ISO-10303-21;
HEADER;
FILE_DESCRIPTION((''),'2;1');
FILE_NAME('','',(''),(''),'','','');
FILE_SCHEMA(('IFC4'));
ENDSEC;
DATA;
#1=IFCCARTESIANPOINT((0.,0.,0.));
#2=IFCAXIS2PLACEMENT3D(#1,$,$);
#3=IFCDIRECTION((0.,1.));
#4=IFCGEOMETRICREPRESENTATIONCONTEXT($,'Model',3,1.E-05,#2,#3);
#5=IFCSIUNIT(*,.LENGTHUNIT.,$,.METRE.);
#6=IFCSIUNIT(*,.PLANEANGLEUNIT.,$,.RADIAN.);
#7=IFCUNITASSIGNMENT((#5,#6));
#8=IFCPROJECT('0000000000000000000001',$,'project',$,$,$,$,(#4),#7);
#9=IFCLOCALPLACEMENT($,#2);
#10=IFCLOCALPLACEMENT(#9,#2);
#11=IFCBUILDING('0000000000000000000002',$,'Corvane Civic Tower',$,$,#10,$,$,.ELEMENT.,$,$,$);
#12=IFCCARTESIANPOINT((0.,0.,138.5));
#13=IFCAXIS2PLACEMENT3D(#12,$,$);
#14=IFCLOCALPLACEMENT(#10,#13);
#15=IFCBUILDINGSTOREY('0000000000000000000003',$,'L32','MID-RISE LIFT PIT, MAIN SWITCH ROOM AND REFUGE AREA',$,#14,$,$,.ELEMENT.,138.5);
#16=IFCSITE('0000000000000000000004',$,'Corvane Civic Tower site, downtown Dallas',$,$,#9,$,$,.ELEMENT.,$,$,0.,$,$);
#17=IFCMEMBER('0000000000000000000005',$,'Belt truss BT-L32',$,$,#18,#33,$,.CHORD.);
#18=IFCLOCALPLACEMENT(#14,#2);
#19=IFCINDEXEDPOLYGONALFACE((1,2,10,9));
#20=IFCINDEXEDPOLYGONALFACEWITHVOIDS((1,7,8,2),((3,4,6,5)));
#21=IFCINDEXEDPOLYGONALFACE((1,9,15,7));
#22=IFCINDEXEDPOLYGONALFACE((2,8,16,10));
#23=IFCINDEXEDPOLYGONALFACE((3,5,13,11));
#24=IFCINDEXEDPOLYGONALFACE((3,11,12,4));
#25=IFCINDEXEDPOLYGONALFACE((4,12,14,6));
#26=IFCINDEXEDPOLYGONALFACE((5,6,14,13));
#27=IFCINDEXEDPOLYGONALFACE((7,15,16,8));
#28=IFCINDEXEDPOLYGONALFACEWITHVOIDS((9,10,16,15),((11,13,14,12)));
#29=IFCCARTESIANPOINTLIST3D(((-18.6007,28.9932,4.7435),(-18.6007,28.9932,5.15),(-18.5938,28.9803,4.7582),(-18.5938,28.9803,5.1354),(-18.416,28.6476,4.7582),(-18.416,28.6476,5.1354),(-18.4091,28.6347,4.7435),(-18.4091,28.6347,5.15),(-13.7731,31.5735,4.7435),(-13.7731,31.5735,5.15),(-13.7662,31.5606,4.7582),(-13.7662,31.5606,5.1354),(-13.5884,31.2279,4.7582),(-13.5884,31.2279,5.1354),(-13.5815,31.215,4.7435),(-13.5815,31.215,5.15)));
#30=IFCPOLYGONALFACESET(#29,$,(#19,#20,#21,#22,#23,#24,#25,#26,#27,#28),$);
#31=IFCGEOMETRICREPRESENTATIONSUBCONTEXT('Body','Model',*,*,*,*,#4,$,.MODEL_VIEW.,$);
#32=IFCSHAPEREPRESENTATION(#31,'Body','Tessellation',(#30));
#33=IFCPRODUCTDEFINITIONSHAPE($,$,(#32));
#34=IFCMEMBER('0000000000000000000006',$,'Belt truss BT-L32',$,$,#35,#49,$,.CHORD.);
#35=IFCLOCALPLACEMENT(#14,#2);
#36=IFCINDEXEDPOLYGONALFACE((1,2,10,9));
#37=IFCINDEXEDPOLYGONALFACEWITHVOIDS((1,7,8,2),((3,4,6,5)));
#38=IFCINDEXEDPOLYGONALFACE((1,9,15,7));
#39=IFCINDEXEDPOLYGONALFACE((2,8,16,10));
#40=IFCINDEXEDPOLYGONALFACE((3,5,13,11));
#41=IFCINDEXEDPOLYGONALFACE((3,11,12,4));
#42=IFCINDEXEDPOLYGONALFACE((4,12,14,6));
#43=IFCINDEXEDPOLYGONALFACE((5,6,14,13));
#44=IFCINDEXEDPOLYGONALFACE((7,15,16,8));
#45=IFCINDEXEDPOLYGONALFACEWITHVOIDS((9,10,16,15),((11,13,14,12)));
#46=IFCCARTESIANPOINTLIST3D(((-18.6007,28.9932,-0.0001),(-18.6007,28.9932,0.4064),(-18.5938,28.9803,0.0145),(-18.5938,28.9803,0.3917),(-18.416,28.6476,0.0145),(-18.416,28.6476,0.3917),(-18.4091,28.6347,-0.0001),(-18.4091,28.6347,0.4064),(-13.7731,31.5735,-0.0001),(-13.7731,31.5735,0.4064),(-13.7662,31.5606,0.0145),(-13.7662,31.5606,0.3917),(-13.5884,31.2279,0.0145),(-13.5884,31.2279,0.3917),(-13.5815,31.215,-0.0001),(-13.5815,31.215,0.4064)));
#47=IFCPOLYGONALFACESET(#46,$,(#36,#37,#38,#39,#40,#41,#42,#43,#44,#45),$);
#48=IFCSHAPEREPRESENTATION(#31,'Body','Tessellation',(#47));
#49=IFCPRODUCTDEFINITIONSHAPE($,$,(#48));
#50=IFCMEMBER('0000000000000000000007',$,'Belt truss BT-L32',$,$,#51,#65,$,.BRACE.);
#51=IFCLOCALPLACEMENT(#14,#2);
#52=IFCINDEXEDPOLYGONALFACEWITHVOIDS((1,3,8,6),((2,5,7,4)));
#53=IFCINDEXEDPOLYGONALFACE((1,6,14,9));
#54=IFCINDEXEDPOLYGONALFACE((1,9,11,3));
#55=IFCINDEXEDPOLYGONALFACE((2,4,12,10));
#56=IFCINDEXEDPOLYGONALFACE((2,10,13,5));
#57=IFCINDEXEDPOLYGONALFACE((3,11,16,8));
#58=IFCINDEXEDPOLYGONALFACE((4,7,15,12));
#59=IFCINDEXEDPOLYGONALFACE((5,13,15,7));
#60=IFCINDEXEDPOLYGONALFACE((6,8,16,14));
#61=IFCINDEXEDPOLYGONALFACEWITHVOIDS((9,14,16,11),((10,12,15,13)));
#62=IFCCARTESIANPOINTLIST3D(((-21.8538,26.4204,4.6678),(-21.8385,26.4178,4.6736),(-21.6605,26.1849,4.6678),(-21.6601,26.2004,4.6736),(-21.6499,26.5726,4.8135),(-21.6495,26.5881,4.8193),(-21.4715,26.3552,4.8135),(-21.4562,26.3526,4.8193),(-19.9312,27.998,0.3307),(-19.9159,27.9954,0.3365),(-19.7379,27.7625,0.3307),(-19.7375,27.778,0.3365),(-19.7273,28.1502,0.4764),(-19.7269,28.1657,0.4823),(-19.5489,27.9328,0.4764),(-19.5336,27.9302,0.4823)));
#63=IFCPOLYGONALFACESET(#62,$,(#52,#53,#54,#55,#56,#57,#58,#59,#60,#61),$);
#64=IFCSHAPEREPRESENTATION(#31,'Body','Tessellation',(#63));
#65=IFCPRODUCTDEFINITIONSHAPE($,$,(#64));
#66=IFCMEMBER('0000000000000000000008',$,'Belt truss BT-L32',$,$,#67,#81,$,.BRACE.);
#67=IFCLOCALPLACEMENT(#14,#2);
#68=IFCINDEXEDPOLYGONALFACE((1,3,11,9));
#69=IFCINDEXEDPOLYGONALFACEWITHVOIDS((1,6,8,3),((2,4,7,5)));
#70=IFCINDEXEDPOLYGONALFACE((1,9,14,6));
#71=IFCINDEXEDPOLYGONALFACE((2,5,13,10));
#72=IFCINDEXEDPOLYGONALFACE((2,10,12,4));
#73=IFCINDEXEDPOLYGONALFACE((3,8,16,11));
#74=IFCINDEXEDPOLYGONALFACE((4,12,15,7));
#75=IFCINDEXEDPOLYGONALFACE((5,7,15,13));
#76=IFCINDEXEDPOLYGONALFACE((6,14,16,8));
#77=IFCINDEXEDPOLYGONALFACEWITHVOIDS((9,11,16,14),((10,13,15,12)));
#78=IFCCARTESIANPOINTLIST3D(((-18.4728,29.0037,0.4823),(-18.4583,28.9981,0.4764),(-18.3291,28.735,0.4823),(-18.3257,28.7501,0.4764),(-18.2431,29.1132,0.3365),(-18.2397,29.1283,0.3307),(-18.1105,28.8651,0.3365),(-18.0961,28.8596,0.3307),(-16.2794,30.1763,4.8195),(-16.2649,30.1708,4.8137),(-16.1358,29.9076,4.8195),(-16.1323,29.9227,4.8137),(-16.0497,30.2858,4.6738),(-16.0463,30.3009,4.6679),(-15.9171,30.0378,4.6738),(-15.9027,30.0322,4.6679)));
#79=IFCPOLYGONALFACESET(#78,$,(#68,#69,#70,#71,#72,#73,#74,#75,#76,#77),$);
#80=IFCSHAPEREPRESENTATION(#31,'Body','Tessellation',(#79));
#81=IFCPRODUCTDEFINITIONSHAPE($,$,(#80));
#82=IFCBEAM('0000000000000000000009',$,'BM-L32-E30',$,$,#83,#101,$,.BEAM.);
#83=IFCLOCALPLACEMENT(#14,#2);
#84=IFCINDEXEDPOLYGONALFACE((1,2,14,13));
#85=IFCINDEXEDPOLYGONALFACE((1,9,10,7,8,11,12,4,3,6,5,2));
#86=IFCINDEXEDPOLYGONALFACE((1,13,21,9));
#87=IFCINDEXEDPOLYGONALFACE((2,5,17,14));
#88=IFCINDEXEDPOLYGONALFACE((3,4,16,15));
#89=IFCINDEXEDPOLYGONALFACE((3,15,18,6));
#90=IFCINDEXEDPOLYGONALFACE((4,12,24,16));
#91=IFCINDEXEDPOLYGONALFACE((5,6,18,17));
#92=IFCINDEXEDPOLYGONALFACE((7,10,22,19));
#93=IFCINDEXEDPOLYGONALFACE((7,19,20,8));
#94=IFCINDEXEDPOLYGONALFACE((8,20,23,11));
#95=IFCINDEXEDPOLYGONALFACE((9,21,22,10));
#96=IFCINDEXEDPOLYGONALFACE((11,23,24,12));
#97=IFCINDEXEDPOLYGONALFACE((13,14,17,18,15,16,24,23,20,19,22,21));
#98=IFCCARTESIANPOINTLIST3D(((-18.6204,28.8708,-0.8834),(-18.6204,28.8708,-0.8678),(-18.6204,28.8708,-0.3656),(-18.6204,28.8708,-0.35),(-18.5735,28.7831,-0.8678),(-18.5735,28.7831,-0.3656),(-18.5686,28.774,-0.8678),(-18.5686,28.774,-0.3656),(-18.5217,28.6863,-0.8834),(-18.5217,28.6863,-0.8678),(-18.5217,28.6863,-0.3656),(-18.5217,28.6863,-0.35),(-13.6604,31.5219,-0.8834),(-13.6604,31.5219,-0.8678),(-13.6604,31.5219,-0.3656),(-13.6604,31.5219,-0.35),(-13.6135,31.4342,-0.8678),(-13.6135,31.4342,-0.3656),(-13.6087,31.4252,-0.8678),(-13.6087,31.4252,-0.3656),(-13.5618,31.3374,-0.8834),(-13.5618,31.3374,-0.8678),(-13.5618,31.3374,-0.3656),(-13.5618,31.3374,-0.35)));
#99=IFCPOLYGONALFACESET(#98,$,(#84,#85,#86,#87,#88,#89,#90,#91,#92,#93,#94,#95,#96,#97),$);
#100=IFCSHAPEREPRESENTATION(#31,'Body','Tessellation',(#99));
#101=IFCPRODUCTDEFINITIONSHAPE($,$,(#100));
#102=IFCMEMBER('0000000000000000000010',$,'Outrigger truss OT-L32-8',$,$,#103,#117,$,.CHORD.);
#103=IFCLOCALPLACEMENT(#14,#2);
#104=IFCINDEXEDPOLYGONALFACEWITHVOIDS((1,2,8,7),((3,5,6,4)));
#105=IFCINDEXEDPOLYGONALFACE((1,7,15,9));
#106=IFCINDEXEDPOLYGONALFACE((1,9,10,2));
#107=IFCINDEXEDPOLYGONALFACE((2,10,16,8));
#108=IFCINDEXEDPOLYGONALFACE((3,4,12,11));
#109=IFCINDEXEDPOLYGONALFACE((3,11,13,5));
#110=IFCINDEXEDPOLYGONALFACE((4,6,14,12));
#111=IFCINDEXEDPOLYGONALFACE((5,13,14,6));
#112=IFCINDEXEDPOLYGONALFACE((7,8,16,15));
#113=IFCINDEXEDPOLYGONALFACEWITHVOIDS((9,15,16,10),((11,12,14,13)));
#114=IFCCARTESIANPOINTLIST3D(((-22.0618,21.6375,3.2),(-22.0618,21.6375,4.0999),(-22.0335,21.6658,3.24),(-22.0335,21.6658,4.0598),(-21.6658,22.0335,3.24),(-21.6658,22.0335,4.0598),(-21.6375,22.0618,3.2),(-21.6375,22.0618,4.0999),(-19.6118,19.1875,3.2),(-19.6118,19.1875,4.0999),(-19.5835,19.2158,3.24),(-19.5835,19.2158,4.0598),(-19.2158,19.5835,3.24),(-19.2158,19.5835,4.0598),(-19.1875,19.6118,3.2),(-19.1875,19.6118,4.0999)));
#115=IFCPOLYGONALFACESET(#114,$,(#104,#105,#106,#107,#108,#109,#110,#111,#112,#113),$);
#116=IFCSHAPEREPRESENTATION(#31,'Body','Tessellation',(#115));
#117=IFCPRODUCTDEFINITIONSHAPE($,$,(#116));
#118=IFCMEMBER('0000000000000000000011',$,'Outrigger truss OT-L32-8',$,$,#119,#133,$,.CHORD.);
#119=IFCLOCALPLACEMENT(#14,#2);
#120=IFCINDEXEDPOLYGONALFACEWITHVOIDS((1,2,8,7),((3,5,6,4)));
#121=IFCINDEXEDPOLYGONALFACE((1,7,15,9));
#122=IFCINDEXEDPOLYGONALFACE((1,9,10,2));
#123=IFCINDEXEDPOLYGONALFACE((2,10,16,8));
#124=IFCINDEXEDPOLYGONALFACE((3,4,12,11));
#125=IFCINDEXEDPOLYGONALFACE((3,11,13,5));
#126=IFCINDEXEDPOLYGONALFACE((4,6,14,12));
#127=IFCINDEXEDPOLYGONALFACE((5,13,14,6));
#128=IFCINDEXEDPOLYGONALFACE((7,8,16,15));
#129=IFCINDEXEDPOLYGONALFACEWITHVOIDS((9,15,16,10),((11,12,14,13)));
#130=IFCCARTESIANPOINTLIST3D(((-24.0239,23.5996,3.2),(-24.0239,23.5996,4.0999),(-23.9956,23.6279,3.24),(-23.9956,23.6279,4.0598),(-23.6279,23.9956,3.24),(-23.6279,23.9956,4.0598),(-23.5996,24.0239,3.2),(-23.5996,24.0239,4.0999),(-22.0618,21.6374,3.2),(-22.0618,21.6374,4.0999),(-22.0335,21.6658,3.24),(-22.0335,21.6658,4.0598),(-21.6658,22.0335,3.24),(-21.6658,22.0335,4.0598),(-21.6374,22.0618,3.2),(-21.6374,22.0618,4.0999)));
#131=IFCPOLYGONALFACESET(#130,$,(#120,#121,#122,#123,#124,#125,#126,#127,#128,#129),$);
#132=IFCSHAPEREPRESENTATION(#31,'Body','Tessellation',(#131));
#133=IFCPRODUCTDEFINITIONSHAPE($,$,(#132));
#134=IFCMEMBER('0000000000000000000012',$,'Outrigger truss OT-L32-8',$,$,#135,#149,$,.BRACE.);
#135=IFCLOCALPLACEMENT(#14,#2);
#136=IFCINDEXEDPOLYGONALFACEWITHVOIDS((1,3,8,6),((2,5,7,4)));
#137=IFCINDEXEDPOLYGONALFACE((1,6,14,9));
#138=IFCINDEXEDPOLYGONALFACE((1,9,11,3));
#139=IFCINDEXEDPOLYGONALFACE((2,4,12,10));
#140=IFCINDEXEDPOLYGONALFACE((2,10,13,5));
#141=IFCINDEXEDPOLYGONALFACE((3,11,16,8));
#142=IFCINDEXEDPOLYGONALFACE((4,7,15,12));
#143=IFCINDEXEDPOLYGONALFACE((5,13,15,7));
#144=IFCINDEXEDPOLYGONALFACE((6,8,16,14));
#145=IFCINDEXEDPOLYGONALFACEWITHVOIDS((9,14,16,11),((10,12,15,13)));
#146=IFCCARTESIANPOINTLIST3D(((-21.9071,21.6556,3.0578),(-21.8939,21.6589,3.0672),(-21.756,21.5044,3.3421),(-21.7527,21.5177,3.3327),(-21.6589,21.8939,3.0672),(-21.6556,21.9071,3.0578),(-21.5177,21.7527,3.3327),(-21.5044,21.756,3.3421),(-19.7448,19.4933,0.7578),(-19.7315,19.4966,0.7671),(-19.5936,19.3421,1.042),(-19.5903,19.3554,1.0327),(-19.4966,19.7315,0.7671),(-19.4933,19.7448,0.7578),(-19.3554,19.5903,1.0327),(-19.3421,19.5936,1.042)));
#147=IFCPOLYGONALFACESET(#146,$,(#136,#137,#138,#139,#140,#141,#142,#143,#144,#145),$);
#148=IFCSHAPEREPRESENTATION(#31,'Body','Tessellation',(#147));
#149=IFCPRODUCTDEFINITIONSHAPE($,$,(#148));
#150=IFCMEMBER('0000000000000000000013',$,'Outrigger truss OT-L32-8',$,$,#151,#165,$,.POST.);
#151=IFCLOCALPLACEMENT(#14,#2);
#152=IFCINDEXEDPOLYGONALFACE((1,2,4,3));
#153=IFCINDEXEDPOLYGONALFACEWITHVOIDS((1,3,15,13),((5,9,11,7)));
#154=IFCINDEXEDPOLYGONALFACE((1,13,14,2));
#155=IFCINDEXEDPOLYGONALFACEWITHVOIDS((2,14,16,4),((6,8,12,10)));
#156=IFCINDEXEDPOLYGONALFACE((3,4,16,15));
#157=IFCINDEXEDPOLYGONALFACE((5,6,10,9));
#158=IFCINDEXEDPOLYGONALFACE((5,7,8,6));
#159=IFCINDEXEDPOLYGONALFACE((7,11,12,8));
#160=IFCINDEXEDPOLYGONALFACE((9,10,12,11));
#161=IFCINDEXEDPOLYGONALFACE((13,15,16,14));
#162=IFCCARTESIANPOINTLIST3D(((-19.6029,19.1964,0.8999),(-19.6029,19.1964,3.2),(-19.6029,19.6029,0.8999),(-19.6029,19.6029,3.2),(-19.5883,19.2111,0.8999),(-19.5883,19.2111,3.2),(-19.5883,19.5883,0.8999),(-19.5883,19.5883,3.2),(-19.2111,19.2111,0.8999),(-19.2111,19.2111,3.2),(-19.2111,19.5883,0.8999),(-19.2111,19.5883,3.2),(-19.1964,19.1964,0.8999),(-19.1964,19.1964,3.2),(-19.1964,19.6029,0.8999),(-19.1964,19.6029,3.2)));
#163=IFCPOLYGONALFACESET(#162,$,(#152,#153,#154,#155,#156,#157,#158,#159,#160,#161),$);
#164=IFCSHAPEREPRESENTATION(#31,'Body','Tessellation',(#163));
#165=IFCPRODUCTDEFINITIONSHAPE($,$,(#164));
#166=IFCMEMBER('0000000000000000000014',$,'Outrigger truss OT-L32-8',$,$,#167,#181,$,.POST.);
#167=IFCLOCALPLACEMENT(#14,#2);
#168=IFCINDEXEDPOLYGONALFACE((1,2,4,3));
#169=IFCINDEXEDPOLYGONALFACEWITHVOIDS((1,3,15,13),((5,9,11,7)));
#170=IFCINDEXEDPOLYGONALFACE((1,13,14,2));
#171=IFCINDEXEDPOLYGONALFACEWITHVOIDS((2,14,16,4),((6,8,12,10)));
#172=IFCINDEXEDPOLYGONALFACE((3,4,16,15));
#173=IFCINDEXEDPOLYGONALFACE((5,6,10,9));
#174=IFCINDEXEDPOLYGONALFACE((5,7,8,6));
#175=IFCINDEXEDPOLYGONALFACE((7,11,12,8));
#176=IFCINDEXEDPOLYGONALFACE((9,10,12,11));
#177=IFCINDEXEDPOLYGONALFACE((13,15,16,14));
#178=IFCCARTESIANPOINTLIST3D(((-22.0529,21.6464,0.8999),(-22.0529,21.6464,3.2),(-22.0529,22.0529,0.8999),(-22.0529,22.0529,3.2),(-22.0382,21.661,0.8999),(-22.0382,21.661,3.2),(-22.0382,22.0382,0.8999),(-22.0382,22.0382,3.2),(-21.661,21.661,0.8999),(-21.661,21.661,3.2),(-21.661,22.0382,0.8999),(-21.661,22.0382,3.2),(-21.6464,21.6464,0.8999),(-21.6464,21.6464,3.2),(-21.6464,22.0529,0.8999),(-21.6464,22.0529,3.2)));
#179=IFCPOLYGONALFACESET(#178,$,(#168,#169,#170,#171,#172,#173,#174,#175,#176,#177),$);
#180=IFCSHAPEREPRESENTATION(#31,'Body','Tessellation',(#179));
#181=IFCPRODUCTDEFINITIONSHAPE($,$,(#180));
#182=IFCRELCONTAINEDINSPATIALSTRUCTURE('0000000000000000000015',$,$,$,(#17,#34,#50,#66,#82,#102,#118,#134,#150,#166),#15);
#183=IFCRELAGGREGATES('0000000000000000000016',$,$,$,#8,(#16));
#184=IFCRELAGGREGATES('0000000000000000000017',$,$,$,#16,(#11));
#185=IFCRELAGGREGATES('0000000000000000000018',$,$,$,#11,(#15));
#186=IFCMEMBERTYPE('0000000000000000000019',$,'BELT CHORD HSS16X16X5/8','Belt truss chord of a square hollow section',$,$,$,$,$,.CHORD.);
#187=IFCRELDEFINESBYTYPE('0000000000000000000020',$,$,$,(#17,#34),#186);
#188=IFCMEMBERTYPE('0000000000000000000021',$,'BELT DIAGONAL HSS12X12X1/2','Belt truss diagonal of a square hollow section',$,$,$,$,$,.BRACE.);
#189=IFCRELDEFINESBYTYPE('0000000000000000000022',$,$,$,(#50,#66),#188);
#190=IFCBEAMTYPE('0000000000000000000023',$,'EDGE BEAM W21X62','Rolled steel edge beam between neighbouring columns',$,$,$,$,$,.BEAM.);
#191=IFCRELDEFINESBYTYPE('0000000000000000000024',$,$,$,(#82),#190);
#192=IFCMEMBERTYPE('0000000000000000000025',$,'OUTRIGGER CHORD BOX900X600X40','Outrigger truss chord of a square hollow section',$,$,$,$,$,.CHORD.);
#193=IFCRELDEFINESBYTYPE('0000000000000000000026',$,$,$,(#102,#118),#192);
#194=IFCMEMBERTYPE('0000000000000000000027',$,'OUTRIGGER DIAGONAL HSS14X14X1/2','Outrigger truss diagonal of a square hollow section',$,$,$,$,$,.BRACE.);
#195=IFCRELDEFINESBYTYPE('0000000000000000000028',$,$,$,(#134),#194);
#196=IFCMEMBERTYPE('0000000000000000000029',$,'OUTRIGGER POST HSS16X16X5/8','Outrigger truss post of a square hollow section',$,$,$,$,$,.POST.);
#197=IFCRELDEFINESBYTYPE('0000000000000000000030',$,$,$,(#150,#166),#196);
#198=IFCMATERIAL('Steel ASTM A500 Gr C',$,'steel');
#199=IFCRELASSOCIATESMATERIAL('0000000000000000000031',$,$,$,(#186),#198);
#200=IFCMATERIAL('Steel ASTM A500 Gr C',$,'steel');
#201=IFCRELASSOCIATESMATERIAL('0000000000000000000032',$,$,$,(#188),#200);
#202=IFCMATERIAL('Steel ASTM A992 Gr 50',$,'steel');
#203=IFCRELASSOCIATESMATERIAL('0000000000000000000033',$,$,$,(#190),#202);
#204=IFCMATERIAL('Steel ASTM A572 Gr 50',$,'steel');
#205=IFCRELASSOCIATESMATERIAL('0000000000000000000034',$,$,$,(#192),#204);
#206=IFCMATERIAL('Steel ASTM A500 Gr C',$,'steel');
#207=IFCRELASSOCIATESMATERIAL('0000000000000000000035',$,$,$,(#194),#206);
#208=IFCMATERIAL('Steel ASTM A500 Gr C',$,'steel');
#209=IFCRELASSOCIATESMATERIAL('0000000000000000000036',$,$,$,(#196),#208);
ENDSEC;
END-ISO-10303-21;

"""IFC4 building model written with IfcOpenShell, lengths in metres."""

from ifc_helpers import new_model, si_unit, direction, frame, origin, origin_2d, place, context, subcontext, project, spatial, hollow_rectangle, i_section, extrude, material, material_profile, profile_set, type_object, element, save


model = new_model("IFC4")

# Units and contexts
model_context = context("Model", 3, precision=1e-05, world=origin(), true_north=direction((0.0, 1.0)))
body_context = subcontext(model_context, "Body", "Model", "MODEL_VIEW")
ifc_project = project(units=[si_unit("LENGTHUNIT", "METRE"), si_unit("PLANEANGLEUNIT", "RADIAN")], contexts=[model_context])

# Site, building, storey
site_placement = place(None, origin())
site = spatial("IfcSite", under=ifc_project, at=site_placement, Name="Corvane Civic Tower site, downtown Dallas", CompositionType="ELEMENT", RefElevation=0.0)
building_placement = place(site_placement, origin())
building = spatial("IfcBuilding", under=site, at=building_placement, Name="Corvane Civic Tower", CompositionType="ELEMENT")
storey_placement = place(building_placement, frame((0.0, 0.0, 138.5)))
storey = spatial("IfcBuildingStorey", under=building, at=storey_placement, Name="L32", Description="MID-RISE LIFT PIT, MAIN SWITCH ROOM AND REFUGE AREA", CompositionType="ELEMENT", Elevation=138.5)

# Members
ifc_material_1 = material(Name="Steel ASTM A500 Gr C", Category="steel")
ifc_material_profile_1 = material_profile(ifc_material_1, hollow_rectangle(XDim=0.4065, YDim=0.4065, WallThickness=0.0146, at=origin_2d()), Name="HSS16X16X5/8")
ifc_profile_set_1 = profile_set([ifc_material_profile_1], Name="Steel ASTM A500 Gr C")
member_type_1 = type_object("IfcMemberType", Name="BELT CHORD HSS16X16X5/8", Description="Belt truss chord of a square hollow section", PredefinedType="CHORD", material=ifc_profile_set_1)
for number, where, z_axis, x_axis, name in (
    (1, (-18.5049, 28.814, 4.9468), (0.881929, 0.471382, 0.0), (-0.471382, 0.881929, 0.0), "Belt truss BT-L32"),
    (2, (-18.5049, 28.814, 0.2031), (0.881929, 0.471382, 0.0), (-0.471382, 0.881929, 0.0), "Belt truss BT-L32"),
):
    element("IfcMember", number, at=place(storey_placement, frame(where, z_axis=z_axis, x_axis=x_axis)), inside=storey, type_object=member_type_1, Name=name, PredefinedType="CHORD", context=body_context, shape_type="SweptSolid", body=[
        extrude(hollow_rectangle(XDim=0.4065, YDim=0.4065, WallThickness=0.0146, at=origin_2d()), origin(), (0.0, 0.0, 1.0), 5.4739),
    ])
ifc_material_2 = material(Name="Steel ASTM A500 Gr C", Category="steel")
ifc_material_profile_2 = material_profile(ifc_material_2, hollow_rectangle(XDim=0.3047, YDim=0.3047, WallThickness=0.0117, at=origin_2d()), Name="HSS12X12X1/2")
ifc_profile_set_2 = profile_set([ifc_material_profile_2], Name="Steel ASTM A500 Gr C")
member_type_2 = type_object("IfcMemberType", Name="BELT DIAGONAL HSS12X12X1/2", Description="Belt truss diagonal of a square hollow section", PredefinedType="BRACE", material=ifc_profile_set_2)
member_1_placement = place(storey_placement, frame((-19.7324, 27.9641, 0.4065), z_axis=(-0.38455, -0.315551, 0.867496), x_axis=(0.634344, -0.773051, 0.0)))
element("IfcMember", 3, at=member_1_placement, inside=storey, type_object=member_type_2, Name="Belt truss BT-L32", PredefinedType="BRACE", context=body_context, shape_type="SweptSolid", body=[
    extrude(hollow_rectangle(XDim=0.3047, YDim=0.3047, WallThickness=0.0117, at=origin_2d()), origin(), (0.0, 0.0, 1.0), 4.9995),
])
member_2_placement = place(storey_placement, frame((-18.2844, 28.9316, 0.4065), z_axis=(0.4387, 0.234537, 0.867488), x_axis=(-0.471469, 0.881882, 0.0)))
element("IfcMember", 4, at=member_2_placement, inside=storey, type_object=member_type_2, Name="Belt truss BT-L32", PredefinedType="BRACE", context=body_context, shape_type="SweptSolid", body=[
    extrude(hollow_rectangle(XDim=0.3047, YDim=0.3047, WallThickness=0.0117, at=origin_2d()), origin(), (0.0, 0.0, 1.0), 4.9998),
])

# Beam
ifc_material_3 = material(Name="Steel ASTM A992 Gr 50", Category="steel")
ifc_material_profile_3 = material_profile(ifc_material_3, i_section(OverallWidth=0.2092, OverallDepth=0.5334, WebThickness=0.0103, FlangeThickness=0.0156, at=origin_2d()), Name="W21X62")
ifc_profile_set_3 = profile_set([ifc_material_profile_3], Name="Steel ASTM A992 Gr 50")
beam_type = type_object("IfcBeamType", Name="EDGE BEAM W21X62", Description="Rolled steel edge beam between neighbouring columns", PredefinedType="BEAM", material=ifc_profile_set_3)
beam_placement = place(storey_placement, frame((-18.571, 28.7786, -0.6167), z_axis=(0.881924, 0.471392, 0.0), x_axis=(-0.471392, 0.881924, 0.0)))
element("IfcBeam", 5, at=beam_placement, inside=storey, type_object=beam_type, Name="BM-L32-E30", PredefinedType="BEAM", context=body_context, shape_type="SweptSolid", body=[
    extrude(i_section(OverallWidth=0.2092, OverallDepth=0.5334, WebThickness=0.0103, FlangeThickness=0.0156, at=origin_2d()), origin(), (0.0, 0.0, 1.0), 5.624),
])

# Members
ifc_material_4 = material(Name="Steel ASTM A572 Gr 50", Category="steel")
ifc_material_profile_4 = material_profile(ifc_material_4, hollow_rectangle(XDim=0.6001, YDim=0.8999, WallThickness=0.04, at=origin_2d()), Name="BOX900X600X40")
ifc_profile_set_4 = profile_set([ifc_material_profile_4], Name="Steel ASTM A572 Gr 50")
member_type_3 = type_object("IfcMemberType", Name="OUTRIGGER CHORD BOX900X600X40", Description="Outrigger truss chord of a square hollow section", PredefinedType="CHORD", material=ifc_profile_set_4)
member_3_placement = place(storey_placement, frame((-19.3997, 19.3997, 3.6499), z_axis=(-0.707107, 0.707107, 0.0), x_axis=(-0.707107, -0.707107, 0.0)))
element("IfcMember", 6, at=member_3_placement, inside=storey, type_object=member_type_3, Name="Outrigger truss OT-L32-8", PredefinedType="CHORD", context=body_context, shape_type="SweptSolid", body=[
    extrude(hollow_rectangle(XDim=0.6001, YDim=0.8999, WallThickness=0.04, at=origin_2d()), origin(), (0.0, 0.0, 1.0), 3.4648),
])
member_4_placement = place(storey_placement, frame((-21.8496, 21.8496, 3.6499), z_axis=(-0.707107, 0.707107, 0.0), x_axis=(-0.707107, -0.707107, 0.0)))
element("IfcMember", 7, at=member_4_placement, inside=storey, type_object=member_type_3, Name="Outrigger truss OT-L32-8", PredefinedType="CHORD", context=body_context, shape_type="SweptSolid", body=[
    extrude(hollow_rectangle(XDim=0.6001, YDim=0.8999, WallThickness=0.04, at=origin_2d()), origin(), (0.0, 0.0, 1.0), 2.7749),
])
ifc_material_5 = material(Name="Steel ASTM A500 Gr C", Category="steel")
ifc_material_profile_5 = material_profile(ifc_material_5, hollow_rectangle(XDim=0.3557, YDim=0.3557, WallThickness=0.0117, at=origin_2d()), Name="HSS14X14X1/2")
ifc_profile_set_5 = profile_set([ifc_material_profile_5], Name="Steel ASTM A500 Gr C")
member_type_4 = type_object("IfcMemberType", Name="OUTRIGGER DIAGONAL HSS14X14X1/2", Description="Outrigger truss diagonal of a square hollow section", PredefinedType="BRACE", material=ifc_profile_set_5)
member_5_placement = place(storey_placement, frame((-19.5435, 19.5435, 0.8999), z_axis=(-0.565106, 0.565106, 0.601091), x_axis=(-0.707107, -0.707107, 0.0)))
element("IfcMember", 8, at=member_5_placement, inside=storey, type_object=member_type_4, Name="Outrigger truss OT-L32-8", PredefinedType="BRACE", context=body_context, shape_type="SweptSolid", body=[
    extrude(hollow_rectangle(XDim=0.3557, YDim=0.3557, WallThickness=0.0117, at=origin_2d()), origin(), (0.0, 0.0, 1.0), 3.8264),
])
ifc_material_6 = material(Name="Steel ASTM A500 Gr C", Category="steel")
ifc_material_profile_6 = material_profile(ifc_material_6, hollow_rectangle(XDim=0.4065, YDim=0.4065, WallThickness=0.0146, at=origin_2d()), Name="HSS16X16X5/8")
ifc_profile_set_6 = profile_set([ifc_material_profile_6], Name="Steel ASTM A500 Gr C")
member_type_5 = type_object("IfcMemberType", Name="OUTRIGGER POST HSS16X16X5/8", Description="Outrigger truss post of a square hollow section", PredefinedType="POST", material=ifc_profile_set_6)
for number, where, z_axis, x_axis, name in (
    (9, (-19.3997, 19.3997, 0.8999), (0.0, 0.0, 1.0), (1.0, 0.0, 0.0), "Outrigger truss OT-L32-8"),
    (10, (-21.8496, 21.8496, 0.8999), (0.0, 0.0, 1.0), (1.0, 0.0, 0.0), "Outrigger truss OT-L32-8"),
):
    element("IfcMember", number, at=place(storey_placement, frame(where, z_axis=z_axis, x_axis=x_axis)), inside=storey, type_object=member_type_5, Name=name, PredefinedType="POST", context=body_context, shape_type="SweptSolid", body=[
        extrude(hollow_rectangle(XDim=0.4065, YDim=0.4065, WallThickness=0.0146, at=origin_2d()), origin(), (0.0, 0.0, 1.0), 2.3),
    ])

save(model, "model.ifc")
